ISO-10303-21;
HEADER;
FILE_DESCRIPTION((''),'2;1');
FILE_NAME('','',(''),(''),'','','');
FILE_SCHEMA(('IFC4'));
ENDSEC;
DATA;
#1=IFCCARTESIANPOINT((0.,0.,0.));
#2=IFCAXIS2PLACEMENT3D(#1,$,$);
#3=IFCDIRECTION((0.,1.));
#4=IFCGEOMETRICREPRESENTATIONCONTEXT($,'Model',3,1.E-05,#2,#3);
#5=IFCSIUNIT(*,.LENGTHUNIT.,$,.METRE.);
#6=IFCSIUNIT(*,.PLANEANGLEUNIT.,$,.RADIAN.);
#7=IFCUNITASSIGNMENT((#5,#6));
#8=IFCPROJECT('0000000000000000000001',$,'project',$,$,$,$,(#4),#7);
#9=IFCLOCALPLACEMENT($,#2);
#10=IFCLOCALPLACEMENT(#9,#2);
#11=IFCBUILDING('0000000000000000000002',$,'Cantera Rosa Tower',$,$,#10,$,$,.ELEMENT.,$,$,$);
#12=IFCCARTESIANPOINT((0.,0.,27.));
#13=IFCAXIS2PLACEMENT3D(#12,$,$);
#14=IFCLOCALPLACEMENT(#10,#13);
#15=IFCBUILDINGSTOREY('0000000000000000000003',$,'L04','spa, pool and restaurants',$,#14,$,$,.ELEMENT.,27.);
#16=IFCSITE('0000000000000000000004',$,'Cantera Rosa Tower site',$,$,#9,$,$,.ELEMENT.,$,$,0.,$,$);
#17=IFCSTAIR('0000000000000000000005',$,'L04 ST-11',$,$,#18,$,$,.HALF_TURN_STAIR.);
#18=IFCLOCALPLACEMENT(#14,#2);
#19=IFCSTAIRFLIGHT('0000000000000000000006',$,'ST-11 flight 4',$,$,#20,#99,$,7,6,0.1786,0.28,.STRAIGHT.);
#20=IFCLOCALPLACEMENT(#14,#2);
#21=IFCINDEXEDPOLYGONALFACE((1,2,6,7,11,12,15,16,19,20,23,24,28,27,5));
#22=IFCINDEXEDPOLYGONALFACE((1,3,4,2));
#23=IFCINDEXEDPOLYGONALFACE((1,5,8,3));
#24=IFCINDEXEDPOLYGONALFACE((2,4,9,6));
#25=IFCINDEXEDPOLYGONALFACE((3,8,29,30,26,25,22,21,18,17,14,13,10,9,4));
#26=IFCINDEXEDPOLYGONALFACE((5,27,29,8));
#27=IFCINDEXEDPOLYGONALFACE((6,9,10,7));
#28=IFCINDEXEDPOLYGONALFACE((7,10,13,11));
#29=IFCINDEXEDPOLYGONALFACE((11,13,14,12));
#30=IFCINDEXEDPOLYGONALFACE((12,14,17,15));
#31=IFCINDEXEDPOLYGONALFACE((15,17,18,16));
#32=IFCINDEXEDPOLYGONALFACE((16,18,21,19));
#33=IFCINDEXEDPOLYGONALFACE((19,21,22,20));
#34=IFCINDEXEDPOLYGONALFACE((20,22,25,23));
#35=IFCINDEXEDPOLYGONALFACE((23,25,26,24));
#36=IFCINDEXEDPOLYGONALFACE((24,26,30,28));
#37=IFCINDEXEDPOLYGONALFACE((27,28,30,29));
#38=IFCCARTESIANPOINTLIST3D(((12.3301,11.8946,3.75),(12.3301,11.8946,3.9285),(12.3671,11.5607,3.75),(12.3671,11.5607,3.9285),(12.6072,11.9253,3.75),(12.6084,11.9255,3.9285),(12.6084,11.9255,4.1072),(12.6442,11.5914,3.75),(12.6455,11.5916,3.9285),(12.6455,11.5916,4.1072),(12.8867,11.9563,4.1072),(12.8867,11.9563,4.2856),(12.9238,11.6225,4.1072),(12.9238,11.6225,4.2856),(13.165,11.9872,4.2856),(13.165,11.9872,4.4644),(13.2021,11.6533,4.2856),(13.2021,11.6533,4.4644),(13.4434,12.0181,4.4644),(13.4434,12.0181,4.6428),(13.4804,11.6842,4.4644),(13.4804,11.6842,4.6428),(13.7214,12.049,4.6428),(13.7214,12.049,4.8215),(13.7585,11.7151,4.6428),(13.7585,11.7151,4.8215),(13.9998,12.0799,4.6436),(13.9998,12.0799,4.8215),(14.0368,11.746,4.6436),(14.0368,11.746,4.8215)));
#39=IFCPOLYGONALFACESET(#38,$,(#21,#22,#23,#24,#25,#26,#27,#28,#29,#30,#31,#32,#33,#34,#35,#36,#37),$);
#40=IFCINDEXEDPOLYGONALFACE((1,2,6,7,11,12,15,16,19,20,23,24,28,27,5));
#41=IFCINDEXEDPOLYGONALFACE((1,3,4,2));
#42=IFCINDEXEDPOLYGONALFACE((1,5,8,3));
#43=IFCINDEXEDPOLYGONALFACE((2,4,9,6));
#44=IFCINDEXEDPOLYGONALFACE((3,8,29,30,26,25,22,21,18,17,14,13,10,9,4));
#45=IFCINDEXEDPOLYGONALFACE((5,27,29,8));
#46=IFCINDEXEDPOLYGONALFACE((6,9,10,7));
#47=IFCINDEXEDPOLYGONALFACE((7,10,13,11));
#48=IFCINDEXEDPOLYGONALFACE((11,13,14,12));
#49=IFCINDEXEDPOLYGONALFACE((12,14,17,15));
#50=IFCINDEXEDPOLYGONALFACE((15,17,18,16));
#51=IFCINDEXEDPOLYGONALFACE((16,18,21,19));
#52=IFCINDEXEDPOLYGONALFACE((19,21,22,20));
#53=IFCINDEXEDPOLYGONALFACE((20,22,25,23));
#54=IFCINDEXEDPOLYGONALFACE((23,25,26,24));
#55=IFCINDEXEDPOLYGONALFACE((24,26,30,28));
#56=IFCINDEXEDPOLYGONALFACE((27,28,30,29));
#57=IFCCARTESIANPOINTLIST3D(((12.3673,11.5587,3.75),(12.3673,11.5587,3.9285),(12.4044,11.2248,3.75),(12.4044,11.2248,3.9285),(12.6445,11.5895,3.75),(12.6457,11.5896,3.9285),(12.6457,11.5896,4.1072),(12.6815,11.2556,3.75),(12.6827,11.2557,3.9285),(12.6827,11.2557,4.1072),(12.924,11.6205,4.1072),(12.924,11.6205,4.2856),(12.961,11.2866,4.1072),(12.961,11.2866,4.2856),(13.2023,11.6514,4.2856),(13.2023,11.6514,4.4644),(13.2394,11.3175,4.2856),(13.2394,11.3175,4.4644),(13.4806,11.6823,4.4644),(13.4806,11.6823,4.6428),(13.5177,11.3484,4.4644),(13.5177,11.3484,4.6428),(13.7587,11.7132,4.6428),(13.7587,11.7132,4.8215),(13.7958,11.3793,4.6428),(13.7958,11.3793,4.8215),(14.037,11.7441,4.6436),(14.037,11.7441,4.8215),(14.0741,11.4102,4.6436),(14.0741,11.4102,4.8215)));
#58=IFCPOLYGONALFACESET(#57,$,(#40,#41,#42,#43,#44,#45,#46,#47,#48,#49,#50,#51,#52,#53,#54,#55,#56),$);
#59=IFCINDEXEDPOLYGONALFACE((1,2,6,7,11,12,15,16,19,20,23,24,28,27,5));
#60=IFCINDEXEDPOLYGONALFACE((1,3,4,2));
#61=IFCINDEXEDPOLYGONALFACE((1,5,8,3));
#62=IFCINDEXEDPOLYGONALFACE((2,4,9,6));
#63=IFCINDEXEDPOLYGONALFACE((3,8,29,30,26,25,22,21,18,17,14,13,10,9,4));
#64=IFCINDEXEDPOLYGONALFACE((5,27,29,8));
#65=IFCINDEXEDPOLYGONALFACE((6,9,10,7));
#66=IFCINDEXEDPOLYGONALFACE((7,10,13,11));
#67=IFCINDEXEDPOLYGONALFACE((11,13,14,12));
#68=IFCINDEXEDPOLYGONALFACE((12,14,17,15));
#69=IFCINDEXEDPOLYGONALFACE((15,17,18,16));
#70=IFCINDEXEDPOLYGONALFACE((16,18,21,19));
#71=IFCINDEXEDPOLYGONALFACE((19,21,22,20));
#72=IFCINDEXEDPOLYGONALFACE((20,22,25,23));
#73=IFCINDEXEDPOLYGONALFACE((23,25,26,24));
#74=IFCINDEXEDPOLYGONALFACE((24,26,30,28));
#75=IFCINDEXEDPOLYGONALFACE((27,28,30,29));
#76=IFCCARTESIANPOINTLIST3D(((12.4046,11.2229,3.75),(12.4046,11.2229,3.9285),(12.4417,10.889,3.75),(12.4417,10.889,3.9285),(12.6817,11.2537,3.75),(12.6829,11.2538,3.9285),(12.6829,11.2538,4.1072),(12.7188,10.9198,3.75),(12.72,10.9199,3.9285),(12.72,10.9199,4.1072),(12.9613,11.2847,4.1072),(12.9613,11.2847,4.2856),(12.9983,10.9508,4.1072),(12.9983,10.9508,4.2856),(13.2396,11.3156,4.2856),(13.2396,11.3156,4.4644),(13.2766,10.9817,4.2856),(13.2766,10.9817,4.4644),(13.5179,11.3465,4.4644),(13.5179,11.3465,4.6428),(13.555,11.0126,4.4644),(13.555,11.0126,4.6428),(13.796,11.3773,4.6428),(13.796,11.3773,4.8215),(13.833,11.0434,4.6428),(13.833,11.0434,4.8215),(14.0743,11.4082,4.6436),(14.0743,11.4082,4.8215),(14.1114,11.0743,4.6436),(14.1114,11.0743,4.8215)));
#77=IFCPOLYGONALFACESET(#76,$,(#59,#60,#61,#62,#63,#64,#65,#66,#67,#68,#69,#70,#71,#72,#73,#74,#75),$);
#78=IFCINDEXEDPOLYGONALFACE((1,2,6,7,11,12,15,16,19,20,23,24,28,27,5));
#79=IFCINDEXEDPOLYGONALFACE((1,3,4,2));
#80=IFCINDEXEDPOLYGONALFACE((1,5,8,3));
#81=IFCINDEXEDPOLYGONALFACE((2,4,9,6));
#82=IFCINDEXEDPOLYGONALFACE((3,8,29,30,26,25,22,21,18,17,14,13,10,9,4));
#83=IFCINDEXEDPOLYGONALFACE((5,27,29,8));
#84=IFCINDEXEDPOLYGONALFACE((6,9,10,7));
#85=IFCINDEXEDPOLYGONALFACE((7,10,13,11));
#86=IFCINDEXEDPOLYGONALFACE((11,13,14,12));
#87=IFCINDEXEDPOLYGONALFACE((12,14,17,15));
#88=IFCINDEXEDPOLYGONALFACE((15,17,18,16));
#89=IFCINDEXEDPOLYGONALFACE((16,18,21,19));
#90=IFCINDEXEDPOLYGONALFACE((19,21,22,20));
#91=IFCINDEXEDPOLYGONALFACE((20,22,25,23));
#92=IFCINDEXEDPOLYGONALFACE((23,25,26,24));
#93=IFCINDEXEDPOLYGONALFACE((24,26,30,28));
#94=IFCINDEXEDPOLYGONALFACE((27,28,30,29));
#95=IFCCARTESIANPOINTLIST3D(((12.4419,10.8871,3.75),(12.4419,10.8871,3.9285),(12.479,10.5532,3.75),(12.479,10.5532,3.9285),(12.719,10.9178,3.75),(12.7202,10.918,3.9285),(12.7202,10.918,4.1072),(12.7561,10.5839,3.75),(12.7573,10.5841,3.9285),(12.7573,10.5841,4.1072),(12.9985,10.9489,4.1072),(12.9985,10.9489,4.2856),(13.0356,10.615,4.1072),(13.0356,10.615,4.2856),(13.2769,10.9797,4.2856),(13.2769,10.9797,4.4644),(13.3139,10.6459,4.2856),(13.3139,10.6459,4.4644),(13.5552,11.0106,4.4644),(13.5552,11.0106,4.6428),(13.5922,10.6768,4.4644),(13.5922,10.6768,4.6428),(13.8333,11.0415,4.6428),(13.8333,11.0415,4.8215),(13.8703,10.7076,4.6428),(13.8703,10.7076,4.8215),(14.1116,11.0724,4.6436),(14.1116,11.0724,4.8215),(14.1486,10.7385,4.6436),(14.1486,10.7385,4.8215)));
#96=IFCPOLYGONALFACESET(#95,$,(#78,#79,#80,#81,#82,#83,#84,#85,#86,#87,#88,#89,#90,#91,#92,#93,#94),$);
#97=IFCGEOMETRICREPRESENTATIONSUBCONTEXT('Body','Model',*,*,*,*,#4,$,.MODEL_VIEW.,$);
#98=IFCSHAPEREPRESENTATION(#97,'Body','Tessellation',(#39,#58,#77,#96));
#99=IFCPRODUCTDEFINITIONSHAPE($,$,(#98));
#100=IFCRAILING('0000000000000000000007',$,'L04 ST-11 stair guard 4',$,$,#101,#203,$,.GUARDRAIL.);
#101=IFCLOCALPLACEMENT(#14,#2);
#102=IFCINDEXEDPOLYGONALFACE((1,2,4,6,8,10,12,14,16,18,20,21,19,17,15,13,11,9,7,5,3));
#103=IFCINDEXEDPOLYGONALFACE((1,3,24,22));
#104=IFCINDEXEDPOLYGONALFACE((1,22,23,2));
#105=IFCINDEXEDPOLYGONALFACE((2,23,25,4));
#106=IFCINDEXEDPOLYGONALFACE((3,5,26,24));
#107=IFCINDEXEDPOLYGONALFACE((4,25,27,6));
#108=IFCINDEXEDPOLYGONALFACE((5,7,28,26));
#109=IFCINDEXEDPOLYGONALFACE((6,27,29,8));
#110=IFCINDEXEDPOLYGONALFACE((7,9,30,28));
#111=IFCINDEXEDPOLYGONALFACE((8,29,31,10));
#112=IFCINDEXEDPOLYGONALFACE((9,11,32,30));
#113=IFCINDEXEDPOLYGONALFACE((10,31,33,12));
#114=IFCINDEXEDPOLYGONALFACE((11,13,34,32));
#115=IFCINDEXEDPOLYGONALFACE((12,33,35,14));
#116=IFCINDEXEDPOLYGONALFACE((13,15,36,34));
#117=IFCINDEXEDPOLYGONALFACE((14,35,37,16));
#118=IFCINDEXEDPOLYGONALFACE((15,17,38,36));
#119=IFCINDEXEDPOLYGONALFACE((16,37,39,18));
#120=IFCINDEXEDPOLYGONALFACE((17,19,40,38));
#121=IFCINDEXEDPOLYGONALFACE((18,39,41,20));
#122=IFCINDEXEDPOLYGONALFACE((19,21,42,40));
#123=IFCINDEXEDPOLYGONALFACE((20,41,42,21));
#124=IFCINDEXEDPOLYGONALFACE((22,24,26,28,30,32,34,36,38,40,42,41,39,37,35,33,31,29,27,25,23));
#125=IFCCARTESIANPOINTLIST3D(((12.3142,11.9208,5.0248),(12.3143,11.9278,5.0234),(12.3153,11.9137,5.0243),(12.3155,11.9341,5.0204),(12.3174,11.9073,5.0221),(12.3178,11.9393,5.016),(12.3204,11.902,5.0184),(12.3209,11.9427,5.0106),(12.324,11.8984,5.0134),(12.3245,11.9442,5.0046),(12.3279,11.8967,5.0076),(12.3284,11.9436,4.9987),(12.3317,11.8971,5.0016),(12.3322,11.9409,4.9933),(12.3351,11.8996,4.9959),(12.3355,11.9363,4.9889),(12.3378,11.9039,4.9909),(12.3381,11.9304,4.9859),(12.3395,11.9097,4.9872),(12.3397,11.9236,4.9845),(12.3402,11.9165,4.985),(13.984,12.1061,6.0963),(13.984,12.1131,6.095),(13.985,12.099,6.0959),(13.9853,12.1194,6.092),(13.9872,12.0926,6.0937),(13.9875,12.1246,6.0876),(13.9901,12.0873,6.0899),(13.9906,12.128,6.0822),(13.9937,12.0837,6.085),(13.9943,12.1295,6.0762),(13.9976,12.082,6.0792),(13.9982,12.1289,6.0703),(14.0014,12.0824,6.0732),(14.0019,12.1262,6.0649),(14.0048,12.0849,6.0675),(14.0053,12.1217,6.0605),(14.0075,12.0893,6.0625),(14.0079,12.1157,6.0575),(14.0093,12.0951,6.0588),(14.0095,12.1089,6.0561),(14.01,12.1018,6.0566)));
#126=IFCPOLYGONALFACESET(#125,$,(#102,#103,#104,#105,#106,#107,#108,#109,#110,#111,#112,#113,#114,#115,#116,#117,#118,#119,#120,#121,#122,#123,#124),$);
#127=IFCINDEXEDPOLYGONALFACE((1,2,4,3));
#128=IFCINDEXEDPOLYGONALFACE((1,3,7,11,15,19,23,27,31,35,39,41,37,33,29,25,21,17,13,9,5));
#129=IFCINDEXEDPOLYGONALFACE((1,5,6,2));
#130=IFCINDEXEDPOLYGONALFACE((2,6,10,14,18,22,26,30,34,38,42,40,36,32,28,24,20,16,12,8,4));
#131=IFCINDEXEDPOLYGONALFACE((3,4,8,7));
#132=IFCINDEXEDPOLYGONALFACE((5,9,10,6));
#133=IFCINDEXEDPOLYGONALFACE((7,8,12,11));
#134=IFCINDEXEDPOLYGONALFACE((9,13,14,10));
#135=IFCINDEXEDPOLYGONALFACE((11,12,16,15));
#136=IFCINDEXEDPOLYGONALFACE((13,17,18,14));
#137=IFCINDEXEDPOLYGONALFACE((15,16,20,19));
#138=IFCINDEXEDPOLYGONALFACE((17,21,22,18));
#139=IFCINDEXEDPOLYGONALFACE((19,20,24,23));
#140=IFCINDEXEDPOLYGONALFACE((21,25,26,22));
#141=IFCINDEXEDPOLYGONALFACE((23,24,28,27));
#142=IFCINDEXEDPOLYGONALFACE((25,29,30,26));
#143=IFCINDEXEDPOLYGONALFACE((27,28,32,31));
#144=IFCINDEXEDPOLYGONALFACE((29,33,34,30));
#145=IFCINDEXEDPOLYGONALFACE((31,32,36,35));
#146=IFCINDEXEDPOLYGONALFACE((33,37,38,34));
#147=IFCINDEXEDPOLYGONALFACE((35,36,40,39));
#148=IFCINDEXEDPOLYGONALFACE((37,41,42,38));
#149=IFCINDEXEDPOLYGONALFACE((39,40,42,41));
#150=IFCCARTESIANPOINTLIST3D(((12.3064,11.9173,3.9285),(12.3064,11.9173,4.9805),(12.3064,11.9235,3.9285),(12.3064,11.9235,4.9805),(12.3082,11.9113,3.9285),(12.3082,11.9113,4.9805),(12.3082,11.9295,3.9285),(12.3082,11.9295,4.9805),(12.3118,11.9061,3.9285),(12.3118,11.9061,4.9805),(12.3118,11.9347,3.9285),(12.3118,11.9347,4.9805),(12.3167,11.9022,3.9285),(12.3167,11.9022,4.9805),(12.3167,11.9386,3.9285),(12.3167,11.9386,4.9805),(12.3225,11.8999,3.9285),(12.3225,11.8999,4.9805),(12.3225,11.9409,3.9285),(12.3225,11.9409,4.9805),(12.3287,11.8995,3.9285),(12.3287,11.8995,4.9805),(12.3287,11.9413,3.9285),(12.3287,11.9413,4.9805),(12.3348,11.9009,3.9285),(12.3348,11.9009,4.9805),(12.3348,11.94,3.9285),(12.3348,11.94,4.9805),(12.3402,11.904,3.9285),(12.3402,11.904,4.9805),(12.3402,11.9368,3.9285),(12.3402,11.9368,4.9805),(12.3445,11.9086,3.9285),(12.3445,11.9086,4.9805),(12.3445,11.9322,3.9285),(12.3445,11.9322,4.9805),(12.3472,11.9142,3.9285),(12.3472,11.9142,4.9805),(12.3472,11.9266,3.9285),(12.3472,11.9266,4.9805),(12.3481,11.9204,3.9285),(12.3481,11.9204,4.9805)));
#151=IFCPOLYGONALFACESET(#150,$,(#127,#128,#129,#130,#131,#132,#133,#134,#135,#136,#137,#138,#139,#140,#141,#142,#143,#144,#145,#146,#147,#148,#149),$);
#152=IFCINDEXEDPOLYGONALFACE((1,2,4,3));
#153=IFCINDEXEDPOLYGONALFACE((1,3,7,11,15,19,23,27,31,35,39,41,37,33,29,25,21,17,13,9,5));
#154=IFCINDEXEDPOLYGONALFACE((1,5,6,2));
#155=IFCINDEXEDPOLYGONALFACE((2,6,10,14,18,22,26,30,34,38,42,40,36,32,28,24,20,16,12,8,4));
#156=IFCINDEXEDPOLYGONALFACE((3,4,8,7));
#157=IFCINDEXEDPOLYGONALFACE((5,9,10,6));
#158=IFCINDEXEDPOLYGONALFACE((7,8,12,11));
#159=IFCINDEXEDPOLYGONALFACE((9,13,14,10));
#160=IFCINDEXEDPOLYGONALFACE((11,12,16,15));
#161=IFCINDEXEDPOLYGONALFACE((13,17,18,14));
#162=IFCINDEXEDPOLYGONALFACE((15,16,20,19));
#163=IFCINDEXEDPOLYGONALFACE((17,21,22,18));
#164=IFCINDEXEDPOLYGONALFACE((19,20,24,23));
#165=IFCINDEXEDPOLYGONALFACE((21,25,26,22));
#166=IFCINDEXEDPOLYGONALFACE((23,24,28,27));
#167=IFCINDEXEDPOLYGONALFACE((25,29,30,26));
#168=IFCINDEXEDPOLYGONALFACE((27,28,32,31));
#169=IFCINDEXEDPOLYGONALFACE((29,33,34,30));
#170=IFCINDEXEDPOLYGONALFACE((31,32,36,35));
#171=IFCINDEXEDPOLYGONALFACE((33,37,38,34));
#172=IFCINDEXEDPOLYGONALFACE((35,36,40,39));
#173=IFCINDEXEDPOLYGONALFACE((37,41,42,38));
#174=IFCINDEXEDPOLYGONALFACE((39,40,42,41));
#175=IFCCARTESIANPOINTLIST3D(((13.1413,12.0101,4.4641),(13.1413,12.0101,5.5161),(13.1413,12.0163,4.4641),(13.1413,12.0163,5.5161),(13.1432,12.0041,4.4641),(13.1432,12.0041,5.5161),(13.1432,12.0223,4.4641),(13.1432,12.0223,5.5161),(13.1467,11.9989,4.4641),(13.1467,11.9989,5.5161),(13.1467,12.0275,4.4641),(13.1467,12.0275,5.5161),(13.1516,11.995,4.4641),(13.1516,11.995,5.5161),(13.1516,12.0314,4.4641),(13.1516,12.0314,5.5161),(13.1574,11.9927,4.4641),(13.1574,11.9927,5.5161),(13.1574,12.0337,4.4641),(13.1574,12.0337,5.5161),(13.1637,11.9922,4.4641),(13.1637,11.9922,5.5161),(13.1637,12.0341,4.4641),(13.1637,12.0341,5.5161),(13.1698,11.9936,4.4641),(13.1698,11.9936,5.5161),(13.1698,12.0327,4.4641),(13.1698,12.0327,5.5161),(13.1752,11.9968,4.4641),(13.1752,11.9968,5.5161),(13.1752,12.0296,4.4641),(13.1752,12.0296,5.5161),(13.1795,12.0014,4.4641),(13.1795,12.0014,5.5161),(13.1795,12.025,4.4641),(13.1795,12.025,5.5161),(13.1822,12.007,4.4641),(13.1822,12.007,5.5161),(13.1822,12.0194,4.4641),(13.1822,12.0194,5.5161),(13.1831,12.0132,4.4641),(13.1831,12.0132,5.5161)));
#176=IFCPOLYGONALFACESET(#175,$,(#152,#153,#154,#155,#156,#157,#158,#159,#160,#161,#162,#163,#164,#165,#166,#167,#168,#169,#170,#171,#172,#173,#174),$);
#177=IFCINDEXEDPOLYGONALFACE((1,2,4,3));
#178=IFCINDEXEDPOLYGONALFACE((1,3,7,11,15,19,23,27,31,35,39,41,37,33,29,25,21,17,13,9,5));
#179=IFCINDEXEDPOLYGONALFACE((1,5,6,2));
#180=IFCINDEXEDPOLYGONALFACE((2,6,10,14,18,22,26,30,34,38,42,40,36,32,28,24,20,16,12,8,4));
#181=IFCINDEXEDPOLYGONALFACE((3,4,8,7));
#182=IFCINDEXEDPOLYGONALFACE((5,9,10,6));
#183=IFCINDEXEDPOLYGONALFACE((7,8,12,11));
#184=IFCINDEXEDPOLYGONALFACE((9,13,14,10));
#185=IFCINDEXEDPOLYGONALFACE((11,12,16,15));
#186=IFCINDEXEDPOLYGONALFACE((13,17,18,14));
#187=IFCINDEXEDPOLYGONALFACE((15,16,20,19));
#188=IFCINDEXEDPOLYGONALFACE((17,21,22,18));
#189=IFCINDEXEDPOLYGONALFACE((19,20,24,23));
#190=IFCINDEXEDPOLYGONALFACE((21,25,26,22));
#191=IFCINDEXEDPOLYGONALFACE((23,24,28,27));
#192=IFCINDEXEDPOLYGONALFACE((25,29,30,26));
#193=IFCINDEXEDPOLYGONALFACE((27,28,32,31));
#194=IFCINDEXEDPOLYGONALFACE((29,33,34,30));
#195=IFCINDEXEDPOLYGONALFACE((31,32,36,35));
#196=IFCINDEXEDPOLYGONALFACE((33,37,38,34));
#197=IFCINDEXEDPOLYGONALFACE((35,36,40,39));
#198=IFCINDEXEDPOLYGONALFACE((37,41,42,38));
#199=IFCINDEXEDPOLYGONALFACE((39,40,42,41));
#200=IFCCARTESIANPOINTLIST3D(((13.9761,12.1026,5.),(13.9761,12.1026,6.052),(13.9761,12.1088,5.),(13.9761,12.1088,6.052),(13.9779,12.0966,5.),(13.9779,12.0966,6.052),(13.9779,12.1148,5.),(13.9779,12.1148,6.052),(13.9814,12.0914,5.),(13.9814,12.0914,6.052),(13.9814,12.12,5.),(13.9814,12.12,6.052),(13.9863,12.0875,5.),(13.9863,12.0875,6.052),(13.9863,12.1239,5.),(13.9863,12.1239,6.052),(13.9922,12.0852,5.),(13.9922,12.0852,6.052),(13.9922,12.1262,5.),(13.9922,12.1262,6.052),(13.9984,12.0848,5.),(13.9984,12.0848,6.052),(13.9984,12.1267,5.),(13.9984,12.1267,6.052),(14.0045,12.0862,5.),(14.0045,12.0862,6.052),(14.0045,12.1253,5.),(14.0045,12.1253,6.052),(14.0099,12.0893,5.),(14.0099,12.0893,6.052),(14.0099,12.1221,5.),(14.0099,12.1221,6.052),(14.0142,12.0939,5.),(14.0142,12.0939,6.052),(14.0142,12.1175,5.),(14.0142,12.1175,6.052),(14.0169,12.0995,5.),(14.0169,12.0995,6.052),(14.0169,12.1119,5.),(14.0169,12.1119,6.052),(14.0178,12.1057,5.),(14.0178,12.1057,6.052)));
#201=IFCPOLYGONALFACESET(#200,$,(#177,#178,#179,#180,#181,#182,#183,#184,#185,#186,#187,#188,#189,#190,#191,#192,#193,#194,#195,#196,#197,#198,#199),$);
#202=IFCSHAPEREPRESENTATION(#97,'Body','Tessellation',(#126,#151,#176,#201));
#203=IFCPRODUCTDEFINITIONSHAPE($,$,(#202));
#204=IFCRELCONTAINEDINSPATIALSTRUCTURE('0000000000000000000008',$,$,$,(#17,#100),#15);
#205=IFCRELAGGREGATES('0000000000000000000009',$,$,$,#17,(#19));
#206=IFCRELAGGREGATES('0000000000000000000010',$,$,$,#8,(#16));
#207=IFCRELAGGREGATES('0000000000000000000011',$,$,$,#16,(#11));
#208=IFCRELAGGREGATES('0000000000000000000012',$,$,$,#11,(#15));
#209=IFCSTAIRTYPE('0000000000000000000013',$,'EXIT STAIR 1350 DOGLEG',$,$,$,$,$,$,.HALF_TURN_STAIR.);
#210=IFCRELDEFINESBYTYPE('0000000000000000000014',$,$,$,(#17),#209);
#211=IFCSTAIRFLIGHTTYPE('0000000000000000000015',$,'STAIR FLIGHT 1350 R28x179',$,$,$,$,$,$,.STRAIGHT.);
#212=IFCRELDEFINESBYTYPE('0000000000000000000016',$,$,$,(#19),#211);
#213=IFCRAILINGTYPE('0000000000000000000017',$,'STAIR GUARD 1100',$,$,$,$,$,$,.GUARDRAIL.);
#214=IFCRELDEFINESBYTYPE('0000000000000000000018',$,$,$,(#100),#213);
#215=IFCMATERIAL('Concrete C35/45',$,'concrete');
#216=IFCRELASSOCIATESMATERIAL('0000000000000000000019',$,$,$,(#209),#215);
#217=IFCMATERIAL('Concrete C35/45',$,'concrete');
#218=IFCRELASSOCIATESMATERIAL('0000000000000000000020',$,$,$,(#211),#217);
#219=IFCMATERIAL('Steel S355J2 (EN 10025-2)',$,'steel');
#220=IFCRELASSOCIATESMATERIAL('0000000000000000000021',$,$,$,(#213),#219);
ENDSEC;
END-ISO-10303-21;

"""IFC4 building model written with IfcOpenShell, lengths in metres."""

from ifc_helpers import new_model, si_unit, direction, frame, origin, origin_2d, place, context, subcontext, project, spatial, polyline, circle, outline, extrude, material, type_object, element, aggregate, save


model = new_model("IFC4")

# Units and contexts
model_context = context("Model", 3, precision=1e-05, world=origin(), true_north=direction((0.0, 1.0)))
body_context = subcontext(model_context, "Body", "Model", "MODEL_VIEW")
ifc_project = project(units=[si_unit("LENGTHUNIT", "METRE"), si_unit("PLANEANGLEUNIT", "RADIAN")], contexts=[model_context])

# Site, building, storey
site_placement = place(None, origin())
site = spatial("IfcSite", under=ifc_project, at=site_placement, Name="Cantera Rosa Tower site", CompositionType="ELEMENT", RefElevation=0.0)
building_placement = place(site_placement, origin())
building = spatial("IfcBuilding", under=site, at=building_placement, Name="Cantera Rosa Tower", CompositionType="ELEMENT")
storey_placement = place(building_placement, frame((0.0, 0.0, 27.0)))
storey = spatial("IfcBuildingStorey", under=building, at=storey_placement, Name="L04", Description="spa, pool and restaurants", CompositionType="ELEMENT", Elevation=27.0)

# Stair, stair flight
ifc_material_1 = material(Name="Concrete C35/45", Category="concrete")
stair_type = type_object("IfcStairType", Name="EXIT STAIR 1350 DOGLEG", PredefinedType="HALF_TURN_STAIR", material=ifc_material_1)
stair_placement = place(storey_placement, origin())
stair = element("IfcStair", 1, at=stair_placement, inside=storey, type_object=stair_type, Name="L04 ST-11", PredefinedType="HALF_TURN_STAIR")
ifc_material_2 = material(Name="Concrete C35/45", Category="concrete")
stair_flight_type = type_object("IfcStairFlightType", Name="STAIR FLIGHT 1350 R28x179", PredefinedType="STRAIGHT", material=ifc_material_2)
stair_flight_1_placement = place(storey_placement, frame((12.4045, 11.2236, 3.75), z_axis=(0.0, 0.0, 1.0), x_axis=(0.993897, 0.110313, 0.0)))
stair_flight_1 = element("IfcStairFlight", 2, at=stair_flight_1_placement, type_object=stair_flight_type, Name="ST-11 flight 4", NumberOfRisers=7, NumberOfTreads=6, PredefinedType="STRAIGHT", RiserHeight=0.1786, TreadLength=0.28, context=body_context, shape_type="SweptSolid", body=[
    extrude(outline(polyline([(0.0, 0.0), (0.0, 0.1785), (0.28, 0.1785), (0.28, 0.3572), (0.5601, 0.3572), (0.5601, 0.5356), (0.8401, 0.5356), (0.8401, 0.7144), (1.1201, 0.7144), (1.1201, 0.8928), (1.3999, 0.8928), (1.3999, 1.0715), (1.6799, 1.0715), (1.6799, 1.25), (1.6799, 0.8936), (0.2788, 0.0), (0.0, 0.0)])), frame((0.0, 0.675, 0.0), z_axis=(0.0, -1.0, 0.0), x_axis=(1.0, 0.0, 0.0)), (0.0, 0.0, 1.0), 0.3359),
    extrude(outline(polyline([(0.0, 0.0), (0.0, 0.1785), (0.28, 0.1785), (0.28, 0.3572), (0.5601, 0.3572), (0.5601, 0.5356), (0.8401, 0.5356), (0.8401, 0.7144), (1.1201, 0.7144), (1.1201, 0.8928), (1.3999, 0.8928), (1.3999, 1.0715), (1.6799, 1.0715), (1.6799, 1.25), (1.6799, 0.8936), (0.2788, 0.0), (0.0, 0.0)])), frame((0.0, 0.3372, 0.0), z_axis=(0.0, -1.0, 0.0), x_axis=(1.0, 0.0, 0.0)), (0.0, 0.0, 1.0), 0.3359),
    extrude(outline(polyline([(0.0, 0.0), (0.0, 0.1785), (0.28, 0.1785), (0.28, 0.3572), (0.5601, 0.3572), (0.5601, 0.5356), (0.8401, 0.5356), (0.8401, 0.7144), (1.1201, 0.7144), (1.1201, 0.8928), (1.3999, 0.8928), (1.3999, 1.0715), (1.6799, 1.0715), (1.6799, 1.25), (1.6799, 0.8936), (0.2788, 0.0), (0.0, 0.0)])), frame((0.0, -0.0007, 0.0), z_axis=(0.0, -1.0, 0.0), x_axis=(1.0, 0.0, 0.0)), (0.0, 0.0, 1.0), 0.3359),
    extrude(outline(polyline([(0.0, 0.0), (0.0, 0.1785), (0.28, 0.1785), (0.28, 0.3572), (0.5601, 0.3572), (0.5601, 0.5356), (0.8401, 0.5356), (0.8401, 0.7144), (1.1201, 0.7144), (1.1201, 0.8928), (1.3999, 0.8928), (1.3999, 1.0715), (1.6799, 1.0715), (1.6799, 1.25), (1.6799, 0.8936), (0.2788, 0.0), (0.0, 0.0)])), frame((0.0, -0.3386, 0.0), z_axis=(0.0, -1.0, 0.0), x_axis=(1.0, 0.0, 0.0)), (0.0, 0.0, 1.0), 0.3359),
])
aggregate(stair, [stair_flight_1])

# Railing
ifc_material_3 = material(Name="Steel S355J2 (EN 10025-2)", Category="steel")
railing_type_1 = type_object("IfcRailingType", Name="STAIR GUARD 1100", PredefinedType="GUARDRAIL", material=ifc_material_3)
railing_1_placement = place(storey_placement, frame((12.3271, 11.9204, 3.9285)))
element("IfcRailing", 3, at=railing_1_placement, inside=storey, type_object=railing_type_1, Name="L04 ST-11 stair guard 4", PredefinedType="GUARDRAIL", context=body_context, shape_type="SweptSolid", body=[
    extrude(circle(Radius=0.0239, at=origin_2d()), frame((0.0, 0.0, 1.0762), z_axis=(0.837951, 0.092997, 0.537764), x_axis=(-0.110304, 0.993898, 0.0)), (0.0, 0.0, 1.0), 1.9927),
    extrude(circle(Radius=0.021, at=origin_2d()), origin(), (0.0, 0.0, 1.0), 1.052),
    extrude(circle(Radius=0.021, at=origin_2d()), frame((0.835, 0.0928, 0.5356)), (0.0, 0.0, 1.0), 1.052),
    extrude(circle(Radius=0.021, at=origin_2d()), frame((1.6697, 0.1853, 1.0715)), (0.0, 0.0, 1.0), 1.052),
])

save(model, "model.ifc")
